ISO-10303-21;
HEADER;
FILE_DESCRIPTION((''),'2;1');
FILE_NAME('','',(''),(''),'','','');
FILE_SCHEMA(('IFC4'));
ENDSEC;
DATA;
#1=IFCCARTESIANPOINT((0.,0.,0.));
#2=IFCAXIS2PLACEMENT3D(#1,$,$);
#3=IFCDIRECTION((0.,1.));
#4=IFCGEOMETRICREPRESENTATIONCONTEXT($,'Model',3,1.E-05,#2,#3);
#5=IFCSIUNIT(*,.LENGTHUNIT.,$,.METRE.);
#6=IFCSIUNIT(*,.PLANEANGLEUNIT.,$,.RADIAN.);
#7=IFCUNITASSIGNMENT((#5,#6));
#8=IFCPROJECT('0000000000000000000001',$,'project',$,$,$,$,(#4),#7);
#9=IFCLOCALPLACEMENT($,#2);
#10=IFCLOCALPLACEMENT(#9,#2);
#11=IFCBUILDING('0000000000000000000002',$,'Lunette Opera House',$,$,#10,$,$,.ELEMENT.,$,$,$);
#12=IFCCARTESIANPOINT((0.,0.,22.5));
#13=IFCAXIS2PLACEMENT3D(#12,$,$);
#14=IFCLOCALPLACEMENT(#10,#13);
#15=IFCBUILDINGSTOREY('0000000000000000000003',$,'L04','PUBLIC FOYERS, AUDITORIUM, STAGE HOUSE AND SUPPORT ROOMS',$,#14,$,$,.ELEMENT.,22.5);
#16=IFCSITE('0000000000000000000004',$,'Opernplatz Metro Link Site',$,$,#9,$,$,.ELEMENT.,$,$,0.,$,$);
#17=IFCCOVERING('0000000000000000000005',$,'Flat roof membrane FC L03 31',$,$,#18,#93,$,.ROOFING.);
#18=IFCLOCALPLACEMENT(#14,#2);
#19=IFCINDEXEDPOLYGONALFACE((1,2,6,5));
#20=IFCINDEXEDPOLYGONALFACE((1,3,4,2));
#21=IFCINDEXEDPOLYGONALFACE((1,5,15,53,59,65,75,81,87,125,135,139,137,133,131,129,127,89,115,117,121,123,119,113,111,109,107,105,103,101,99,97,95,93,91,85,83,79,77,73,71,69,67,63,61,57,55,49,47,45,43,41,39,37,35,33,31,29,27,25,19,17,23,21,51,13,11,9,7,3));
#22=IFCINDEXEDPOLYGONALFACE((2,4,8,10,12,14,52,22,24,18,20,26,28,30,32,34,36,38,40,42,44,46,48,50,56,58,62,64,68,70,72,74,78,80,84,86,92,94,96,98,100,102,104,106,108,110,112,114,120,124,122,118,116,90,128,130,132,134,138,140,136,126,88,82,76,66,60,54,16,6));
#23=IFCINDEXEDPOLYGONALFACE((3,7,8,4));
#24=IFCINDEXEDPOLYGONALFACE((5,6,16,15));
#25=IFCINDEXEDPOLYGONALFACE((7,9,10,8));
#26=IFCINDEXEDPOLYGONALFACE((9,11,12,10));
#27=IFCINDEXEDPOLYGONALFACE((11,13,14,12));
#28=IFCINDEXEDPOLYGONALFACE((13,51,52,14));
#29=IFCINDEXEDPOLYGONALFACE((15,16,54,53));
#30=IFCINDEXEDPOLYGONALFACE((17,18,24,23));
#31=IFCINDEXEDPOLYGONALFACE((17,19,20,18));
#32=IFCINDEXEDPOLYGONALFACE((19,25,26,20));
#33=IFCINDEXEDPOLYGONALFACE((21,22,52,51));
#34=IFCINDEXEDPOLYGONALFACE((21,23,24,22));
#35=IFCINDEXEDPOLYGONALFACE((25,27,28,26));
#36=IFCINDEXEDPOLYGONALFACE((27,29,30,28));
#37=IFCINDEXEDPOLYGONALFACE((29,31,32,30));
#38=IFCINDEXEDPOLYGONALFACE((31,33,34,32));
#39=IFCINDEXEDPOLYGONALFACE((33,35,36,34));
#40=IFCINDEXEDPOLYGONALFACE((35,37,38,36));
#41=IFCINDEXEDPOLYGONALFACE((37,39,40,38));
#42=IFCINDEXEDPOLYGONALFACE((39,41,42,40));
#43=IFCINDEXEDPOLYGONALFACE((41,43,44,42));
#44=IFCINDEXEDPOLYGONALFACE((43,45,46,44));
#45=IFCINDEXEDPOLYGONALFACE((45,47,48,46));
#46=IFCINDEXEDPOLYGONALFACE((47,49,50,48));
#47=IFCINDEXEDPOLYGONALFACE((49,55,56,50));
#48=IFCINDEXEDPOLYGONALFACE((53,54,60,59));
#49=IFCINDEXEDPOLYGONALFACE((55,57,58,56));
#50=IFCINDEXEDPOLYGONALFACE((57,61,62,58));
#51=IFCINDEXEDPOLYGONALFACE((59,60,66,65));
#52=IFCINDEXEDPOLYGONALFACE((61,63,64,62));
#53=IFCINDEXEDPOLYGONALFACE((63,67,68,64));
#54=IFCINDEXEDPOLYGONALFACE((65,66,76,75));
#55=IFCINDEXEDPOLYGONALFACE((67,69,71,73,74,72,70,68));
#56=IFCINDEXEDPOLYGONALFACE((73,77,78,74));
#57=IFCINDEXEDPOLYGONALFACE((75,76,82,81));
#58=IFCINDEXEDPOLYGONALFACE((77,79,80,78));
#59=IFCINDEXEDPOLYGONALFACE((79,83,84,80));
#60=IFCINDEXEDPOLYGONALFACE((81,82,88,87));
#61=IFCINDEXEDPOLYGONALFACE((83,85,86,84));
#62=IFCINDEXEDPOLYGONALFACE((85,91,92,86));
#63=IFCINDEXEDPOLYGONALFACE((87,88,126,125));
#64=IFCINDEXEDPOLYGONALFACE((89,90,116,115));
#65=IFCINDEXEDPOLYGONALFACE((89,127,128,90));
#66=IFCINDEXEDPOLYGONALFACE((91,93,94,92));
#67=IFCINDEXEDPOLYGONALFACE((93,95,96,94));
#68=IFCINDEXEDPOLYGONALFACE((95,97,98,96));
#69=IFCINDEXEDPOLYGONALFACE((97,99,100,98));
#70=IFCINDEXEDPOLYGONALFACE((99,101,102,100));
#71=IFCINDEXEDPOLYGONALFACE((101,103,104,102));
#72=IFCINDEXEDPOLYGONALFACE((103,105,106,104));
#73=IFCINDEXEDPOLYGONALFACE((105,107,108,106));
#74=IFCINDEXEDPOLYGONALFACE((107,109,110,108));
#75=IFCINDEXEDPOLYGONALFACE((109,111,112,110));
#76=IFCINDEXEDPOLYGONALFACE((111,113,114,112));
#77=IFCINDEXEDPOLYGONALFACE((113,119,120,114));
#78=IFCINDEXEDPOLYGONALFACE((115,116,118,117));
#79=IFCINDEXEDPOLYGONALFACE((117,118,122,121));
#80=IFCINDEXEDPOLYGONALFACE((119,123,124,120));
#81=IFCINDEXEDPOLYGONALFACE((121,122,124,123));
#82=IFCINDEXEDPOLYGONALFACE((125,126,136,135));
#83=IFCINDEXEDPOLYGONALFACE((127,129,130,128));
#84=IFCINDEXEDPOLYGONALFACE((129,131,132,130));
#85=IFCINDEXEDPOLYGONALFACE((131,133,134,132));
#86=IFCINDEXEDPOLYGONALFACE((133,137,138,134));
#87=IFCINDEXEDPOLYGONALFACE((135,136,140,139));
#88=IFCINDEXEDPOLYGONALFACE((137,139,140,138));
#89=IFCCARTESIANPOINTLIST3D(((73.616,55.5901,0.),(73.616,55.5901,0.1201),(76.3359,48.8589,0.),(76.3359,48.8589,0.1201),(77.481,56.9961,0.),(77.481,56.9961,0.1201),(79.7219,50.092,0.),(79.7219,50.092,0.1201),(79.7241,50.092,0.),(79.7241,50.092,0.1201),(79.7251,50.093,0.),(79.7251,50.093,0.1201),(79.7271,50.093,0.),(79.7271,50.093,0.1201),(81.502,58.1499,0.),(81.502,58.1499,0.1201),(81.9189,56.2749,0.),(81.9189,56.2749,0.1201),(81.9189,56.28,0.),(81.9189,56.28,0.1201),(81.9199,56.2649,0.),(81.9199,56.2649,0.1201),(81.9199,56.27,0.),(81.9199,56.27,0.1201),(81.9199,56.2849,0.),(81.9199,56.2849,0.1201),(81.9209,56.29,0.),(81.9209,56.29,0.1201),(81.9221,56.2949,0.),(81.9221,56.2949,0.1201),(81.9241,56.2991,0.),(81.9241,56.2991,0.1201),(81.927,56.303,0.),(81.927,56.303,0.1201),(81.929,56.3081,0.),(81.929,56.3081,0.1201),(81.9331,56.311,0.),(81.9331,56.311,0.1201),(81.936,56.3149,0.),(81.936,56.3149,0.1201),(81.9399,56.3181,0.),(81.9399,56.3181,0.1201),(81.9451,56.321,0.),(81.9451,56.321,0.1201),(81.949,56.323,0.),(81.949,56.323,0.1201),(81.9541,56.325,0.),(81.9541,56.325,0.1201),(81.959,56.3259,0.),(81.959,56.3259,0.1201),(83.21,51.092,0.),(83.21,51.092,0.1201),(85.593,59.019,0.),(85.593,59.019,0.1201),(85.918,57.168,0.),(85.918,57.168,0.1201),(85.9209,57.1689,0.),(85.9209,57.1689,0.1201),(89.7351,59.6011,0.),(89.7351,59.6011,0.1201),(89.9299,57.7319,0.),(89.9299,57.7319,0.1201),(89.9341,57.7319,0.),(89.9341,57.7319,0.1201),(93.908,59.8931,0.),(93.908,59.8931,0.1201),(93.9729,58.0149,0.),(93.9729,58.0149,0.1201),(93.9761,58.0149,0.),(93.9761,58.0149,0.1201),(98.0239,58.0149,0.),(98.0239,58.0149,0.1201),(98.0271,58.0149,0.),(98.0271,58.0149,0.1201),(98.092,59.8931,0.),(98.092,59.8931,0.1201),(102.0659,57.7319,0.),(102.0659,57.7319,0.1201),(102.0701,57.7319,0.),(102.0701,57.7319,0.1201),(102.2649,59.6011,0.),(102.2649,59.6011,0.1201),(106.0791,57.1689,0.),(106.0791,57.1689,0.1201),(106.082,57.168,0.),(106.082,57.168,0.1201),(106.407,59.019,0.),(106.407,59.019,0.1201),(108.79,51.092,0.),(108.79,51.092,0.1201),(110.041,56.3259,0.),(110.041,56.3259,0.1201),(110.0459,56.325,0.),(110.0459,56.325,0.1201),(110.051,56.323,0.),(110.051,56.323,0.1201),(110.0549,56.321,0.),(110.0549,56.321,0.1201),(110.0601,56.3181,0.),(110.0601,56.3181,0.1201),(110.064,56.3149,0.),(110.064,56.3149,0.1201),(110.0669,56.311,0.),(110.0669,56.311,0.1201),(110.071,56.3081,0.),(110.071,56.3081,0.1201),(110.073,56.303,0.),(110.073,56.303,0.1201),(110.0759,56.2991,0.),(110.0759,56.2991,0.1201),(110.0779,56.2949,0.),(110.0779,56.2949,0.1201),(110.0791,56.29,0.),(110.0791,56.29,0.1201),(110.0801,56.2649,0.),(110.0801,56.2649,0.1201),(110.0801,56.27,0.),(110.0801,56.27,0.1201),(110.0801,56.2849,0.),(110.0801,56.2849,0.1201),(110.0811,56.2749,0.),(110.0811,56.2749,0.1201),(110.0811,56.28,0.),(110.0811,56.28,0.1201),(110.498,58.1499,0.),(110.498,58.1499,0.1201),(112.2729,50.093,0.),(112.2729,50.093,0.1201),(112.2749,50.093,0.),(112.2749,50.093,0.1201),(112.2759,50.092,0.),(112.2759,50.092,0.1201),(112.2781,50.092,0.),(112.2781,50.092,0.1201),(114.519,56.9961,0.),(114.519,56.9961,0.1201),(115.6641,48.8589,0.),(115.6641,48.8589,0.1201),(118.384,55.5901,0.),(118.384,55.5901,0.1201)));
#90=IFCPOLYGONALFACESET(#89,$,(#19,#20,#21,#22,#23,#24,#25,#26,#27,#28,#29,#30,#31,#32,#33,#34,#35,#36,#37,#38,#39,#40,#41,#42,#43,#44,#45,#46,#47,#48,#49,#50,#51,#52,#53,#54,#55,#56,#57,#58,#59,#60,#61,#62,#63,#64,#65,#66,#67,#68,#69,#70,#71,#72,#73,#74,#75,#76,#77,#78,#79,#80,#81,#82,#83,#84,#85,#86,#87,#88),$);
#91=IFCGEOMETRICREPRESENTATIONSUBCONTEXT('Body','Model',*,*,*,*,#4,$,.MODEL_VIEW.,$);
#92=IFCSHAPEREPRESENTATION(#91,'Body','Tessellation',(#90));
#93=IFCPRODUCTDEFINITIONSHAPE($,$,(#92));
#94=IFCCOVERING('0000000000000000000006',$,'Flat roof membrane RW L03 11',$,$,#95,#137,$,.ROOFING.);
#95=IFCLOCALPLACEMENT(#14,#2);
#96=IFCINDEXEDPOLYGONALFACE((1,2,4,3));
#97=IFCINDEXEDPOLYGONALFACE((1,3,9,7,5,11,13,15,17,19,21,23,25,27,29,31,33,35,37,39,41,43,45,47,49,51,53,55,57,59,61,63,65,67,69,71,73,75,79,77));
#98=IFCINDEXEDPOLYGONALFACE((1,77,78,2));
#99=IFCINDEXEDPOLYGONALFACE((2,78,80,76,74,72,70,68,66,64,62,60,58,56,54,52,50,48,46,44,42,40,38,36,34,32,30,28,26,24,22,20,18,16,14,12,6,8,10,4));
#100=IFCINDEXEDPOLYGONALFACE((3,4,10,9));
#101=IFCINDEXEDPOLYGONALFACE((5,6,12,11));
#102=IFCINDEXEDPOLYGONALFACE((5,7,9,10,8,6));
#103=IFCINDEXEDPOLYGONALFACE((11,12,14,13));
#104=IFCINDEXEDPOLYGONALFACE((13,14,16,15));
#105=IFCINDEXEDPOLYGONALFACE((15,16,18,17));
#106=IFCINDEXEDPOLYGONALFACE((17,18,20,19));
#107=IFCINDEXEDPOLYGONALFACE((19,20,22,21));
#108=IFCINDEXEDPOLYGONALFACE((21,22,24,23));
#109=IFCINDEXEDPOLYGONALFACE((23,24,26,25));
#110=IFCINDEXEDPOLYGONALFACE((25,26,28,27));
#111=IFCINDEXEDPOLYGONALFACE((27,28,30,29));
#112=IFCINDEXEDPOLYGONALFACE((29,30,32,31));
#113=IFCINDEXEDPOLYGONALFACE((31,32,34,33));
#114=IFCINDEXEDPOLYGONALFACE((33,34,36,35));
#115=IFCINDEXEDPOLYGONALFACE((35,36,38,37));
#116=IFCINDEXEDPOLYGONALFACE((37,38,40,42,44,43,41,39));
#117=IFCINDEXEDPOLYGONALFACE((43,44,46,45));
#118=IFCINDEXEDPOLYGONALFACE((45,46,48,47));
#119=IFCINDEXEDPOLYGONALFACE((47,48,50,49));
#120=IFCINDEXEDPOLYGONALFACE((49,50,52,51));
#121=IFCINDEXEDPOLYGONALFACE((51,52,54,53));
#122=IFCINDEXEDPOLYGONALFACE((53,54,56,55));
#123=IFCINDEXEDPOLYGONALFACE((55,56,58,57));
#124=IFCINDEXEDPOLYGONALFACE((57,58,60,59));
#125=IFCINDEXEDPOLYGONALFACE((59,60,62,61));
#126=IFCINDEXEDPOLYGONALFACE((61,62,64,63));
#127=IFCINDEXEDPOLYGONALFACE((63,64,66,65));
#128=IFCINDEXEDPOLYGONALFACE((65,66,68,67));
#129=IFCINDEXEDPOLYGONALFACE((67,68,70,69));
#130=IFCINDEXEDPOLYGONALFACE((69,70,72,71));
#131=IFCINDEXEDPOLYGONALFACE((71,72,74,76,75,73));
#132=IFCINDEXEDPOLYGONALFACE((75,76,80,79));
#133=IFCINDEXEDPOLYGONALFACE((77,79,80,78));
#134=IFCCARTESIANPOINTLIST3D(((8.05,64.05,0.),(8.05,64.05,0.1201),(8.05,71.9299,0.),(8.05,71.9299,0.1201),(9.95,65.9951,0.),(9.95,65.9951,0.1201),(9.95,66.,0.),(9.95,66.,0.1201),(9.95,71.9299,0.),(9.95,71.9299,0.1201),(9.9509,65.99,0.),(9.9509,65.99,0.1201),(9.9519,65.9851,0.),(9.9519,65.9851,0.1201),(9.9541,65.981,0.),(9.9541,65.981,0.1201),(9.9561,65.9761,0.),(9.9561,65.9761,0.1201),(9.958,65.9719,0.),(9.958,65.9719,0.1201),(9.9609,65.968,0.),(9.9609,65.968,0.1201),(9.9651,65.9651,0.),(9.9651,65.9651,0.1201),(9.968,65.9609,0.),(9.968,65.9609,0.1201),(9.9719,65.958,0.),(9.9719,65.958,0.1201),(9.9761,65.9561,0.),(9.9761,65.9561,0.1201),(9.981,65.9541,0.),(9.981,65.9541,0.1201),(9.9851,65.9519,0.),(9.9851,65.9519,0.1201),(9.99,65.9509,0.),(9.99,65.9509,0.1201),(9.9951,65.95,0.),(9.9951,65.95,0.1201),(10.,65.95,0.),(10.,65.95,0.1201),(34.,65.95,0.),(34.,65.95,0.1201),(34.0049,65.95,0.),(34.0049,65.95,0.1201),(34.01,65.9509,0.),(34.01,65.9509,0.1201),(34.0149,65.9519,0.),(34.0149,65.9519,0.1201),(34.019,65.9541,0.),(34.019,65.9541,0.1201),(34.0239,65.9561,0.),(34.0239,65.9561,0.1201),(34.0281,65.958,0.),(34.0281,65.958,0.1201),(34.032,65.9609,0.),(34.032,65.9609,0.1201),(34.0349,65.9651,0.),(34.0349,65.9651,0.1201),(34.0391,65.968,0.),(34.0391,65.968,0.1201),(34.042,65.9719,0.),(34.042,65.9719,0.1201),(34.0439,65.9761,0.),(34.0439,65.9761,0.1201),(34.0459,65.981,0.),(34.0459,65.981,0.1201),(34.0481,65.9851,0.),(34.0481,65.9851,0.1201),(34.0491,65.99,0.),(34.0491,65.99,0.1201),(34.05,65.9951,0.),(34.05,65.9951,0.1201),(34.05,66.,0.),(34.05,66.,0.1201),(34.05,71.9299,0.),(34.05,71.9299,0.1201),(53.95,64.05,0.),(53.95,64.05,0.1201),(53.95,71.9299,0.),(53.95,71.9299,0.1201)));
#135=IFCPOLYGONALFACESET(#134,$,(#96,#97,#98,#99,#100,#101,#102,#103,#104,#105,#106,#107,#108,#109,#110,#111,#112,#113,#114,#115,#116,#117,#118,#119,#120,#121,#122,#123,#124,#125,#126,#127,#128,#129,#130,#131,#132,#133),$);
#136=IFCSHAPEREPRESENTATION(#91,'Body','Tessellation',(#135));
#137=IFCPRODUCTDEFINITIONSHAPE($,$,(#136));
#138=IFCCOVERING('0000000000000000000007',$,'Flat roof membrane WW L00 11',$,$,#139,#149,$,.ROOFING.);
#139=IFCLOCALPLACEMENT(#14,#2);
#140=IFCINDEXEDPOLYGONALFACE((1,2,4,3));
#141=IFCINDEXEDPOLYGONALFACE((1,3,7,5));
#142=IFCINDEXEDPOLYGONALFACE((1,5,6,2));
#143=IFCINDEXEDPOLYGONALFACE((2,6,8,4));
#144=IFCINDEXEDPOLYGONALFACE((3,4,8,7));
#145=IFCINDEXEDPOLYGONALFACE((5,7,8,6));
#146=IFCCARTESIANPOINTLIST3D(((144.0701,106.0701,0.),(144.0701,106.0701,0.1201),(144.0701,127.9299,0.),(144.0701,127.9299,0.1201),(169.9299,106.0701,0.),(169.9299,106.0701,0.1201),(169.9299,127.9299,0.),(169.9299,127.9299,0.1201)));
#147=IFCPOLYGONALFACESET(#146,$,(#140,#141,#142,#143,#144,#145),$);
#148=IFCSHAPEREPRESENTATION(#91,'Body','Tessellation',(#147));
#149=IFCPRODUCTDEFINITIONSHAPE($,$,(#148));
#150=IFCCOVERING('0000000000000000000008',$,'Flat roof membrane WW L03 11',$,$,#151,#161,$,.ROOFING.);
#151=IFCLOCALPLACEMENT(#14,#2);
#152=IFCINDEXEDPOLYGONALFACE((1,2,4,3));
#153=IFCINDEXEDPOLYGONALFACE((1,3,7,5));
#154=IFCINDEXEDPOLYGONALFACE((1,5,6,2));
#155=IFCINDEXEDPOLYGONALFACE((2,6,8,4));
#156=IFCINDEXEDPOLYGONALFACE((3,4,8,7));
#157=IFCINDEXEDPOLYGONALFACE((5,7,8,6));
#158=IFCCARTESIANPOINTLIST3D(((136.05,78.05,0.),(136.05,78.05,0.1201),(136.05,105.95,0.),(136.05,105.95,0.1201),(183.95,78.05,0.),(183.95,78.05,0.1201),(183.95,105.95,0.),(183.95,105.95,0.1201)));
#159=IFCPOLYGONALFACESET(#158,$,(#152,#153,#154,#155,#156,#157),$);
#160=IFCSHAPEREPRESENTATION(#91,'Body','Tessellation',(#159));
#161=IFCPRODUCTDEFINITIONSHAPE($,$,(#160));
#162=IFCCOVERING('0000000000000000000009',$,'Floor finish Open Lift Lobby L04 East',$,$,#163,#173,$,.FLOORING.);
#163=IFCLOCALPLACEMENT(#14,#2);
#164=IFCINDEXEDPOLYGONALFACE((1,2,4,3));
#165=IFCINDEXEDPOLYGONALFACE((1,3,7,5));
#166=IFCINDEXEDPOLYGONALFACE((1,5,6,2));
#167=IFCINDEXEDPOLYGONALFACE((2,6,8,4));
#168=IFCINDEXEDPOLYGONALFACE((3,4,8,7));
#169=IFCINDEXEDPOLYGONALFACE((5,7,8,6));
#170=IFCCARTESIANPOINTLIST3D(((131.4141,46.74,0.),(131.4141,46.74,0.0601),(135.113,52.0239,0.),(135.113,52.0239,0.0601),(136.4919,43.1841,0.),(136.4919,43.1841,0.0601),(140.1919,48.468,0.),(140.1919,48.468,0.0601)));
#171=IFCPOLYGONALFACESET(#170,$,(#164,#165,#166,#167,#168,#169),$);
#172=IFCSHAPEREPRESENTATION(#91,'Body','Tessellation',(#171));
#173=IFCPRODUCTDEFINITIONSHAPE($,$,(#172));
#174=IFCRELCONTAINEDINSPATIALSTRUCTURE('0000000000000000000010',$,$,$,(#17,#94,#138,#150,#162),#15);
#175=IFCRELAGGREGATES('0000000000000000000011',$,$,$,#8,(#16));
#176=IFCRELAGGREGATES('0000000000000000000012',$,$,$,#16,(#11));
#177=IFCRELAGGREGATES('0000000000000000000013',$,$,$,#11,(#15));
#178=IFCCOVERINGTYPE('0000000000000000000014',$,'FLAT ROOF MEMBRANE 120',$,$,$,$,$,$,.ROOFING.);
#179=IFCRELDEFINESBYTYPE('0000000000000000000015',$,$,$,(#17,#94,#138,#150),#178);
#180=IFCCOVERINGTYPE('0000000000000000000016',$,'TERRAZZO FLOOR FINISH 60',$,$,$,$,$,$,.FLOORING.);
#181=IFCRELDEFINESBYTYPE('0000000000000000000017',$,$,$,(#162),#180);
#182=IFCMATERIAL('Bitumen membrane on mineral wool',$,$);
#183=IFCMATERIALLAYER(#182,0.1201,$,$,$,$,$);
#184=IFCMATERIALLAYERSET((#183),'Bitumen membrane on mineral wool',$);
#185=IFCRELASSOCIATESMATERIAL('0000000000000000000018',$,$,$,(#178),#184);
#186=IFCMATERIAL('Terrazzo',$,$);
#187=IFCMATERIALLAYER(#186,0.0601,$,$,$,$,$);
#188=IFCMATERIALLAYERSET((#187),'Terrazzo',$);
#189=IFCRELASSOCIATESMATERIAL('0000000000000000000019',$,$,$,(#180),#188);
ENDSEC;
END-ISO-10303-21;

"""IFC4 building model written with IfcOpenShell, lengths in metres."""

from ifc_helpers import new_model, si_unit, direction, frame, origin, place, context, subcontext, project, spatial, polyline, outline, extrude, material, layer, layer_set, type_object, element, save


model = new_model("IFC4")

# Units and contexts
model_context = context("Model", 3, precision=1e-05, world=origin(), true_north=direction((0.0, 1.0)))
body_context = subcontext(model_context, "Body", "Model", "MODEL_VIEW")
ifc_project = project(units=[si_unit("LENGTHUNIT", "METRE"), si_unit("PLANEANGLEUNIT", "RADIAN")], contexts=[model_context])

# Site, building, storey
site_placement = place(None, origin())
site = spatial("IfcSite", under=ifc_project, at=site_placement, Name="Opernplatz Metro Link Site", CompositionType="ELEMENT", RefElevation=0.0)
building_placement = place(site_placement, origin())
building = spatial("IfcBuilding", under=site, at=building_placement, Name="Lunette Opera House", CompositionType="ELEMENT")
storey_placement = place(building_placement, frame((0.0, 0.0, 22.5)))
storey = spatial("IfcBuildingStorey", under=building, at=storey_placement, Name="L04", Description="PUBLIC FOYERS, AUDITORIUM, STAGE HOUSE AND SUPPORT ROOMS", CompositionType="ELEMENT", Elevation=22.5)

# Coverings
ifc_material_1 = material(Name="Bitumen membrane on mineral wool")
ifc_layer_1 = layer(ifc_material_1, 0.1201)
ifc_layer_set_1 = layer_set([ifc_layer_1], Name="Bitumen membrane on mineral wool")
covering_type_1 = type_object("IfcCoveringType", Name="FLAT ROOF MEMBRANE 120", PredefinedType="ROOFING", material=ifc_layer_set_1)
covering_1_placement = place(storey_placement, origin())
element("IfcCovering", 1, at=covering_1_placement, inside=storey, type_object=covering_type_1, Name="Flat roof membrane FC L03 31", PredefinedType="ROOFING", context=body_context, shape_type="SweptSolid", body=[
    extrude(outline(polyline([(83.21, 51.092), (79.7271, 50.093), (79.7251, 50.093), (79.7241, 50.092), (79.7219, 50.092), (76.3359, 48.8589), (73.616, 55.5901), (77.481, 56.9961), (81.502, 58.1499), (85.593, 59.019), (89.7351, 59.6011), (93.908, 59.8931), (98.092, 59.8931), (102.2649, 59.6011), (106.407, 59.019), (110.498, 58.1499), (114.519, 56.9961), (118.384, 55.5901), (115.6641, 48.8589), (112.2781, 50.092), (112.2759, 50.092), (112.2749, 50.093), (112.2729, 50.093), (108.79, 51.092), (110.0801, 56.2649), (110.0801, 56.27), (110.0811, 56.2749), (110.0811, 56.28), (110.0801, 56.2849), (110.0791, 56.29), (110.0779, 56.2949), (110.0759, 56.2991), (110.073, 56.303), (110.071, 56.3081), (110.0669, 56.311), (110.064, 56.3149), (110.0601, 56.3181), (110.0549, 56.321), (110.051, 56.323), (110.0459, 56.325), (110.041, 56.3259), (106.082, 57.168), (106.0791, 57.1689), (102.0701, 57.7319), (102.0659, 57.7319), (98.0271, 58.0149), (98.0239, 58.0149), (93.9761, 58.0149), (93.9729, 58.0149), (89.9341, 57.7319), (89.9299, 57.7319), (85.9209, 57.1689), (85.918, 57.168), (81.959, 56.3259), (81.9541, 56.325), (81.949, 56.323), (81.9451, 56.321), (81.9399, 56.3181), (81.936, 56.3149), (81.9331, 56.311), (81.929, 56.3081), (81.927, 56.303), (81.9241, 56.2991), (81.9221, 56.2949), (81.9209, 56.29), (81.9199, 56.2849), (81.9189, 56.28), (81.9189, 56.2749), (81.9199, 56.27), (81.9199, 56.2649), (83.21, 51.092)])), origin(), (0.0, 0.0, 1.0), 0.1201),
])
covering_2_placement = place(storey_placement, origin())
element("IfcCovering", 2, at=covering_2_placement, inside=storey, type_object=covering_type_1, Name="Flat roof membrane RW L03 11", PredefinedType="ROOFING", context=body_context, shape_type="SweptSolid", body=[
    extrude(outline(polyline([(53.95, 64.05), (8.05, 64.05), (8.05, 71.9299), (9.95, 71.9299), (9.95, 66.0), (9.95, 65.9951), (9.9509, 65.99), (9.9519, 65.9851), (9.9541, 65.981), (9.9561, 65.9761), (9.958, 65.9719), (9.9609, 65.968), (9.9651, 65.9651), (9.968, 65.9609), (9.9719, 65.958), (9.9761, 65.9561), (9.981, 65.9541), (9.9851, 65.9519), (9.99, 65.9509), (9.9951, 65.95), (10.0, 65.95), (34.0, 65.95), (34.0049, 65.95), (34.01, 65.9509), (34.0149, 65.9519), (34.019, 65.9541), (34.0239, 65.9561), (34.0281, 65.958), (34.032, 65.9609), (34.0349, 65.9651), (34.0391, 65.968), (34.042, 65.9719), (34.0439, 65.9761), (34.0459, 65.981), (34.0481, 65.9851), (34.0491, 65.99), (34.05, 65.9951), (34.05, 66.0), (34.05, 71.9299), (53.95, 71.9299), (53.95, 64.05)])), origin(), (0.0, 0.0, 1.0), 0.1201),
])
covering_3_placement = place(storey_placement, origin())
element("IfcCovering", 3, at=covering_3_placement, inside=storey, type_object=covering_type_1, Name="Flat roof membrane WW L00 11", PredefinedType="ROOFING", context=body_context, shape_type="SweptSolid", body=[
    extrude(outline(polyline([(169.9299, 106.0701), (144.0701, 106.0701), (144.0701, 127.9299), (169.9299, 127.9299), (169.9299, 106.0701)])), origin(), (0.0, 0.0, 1.0), 0.1201),
])
covering_4_placement = place(storey_placement, origin())
element("IfcCovering", 4, at=covering_4_placement, inside=storey, type_object=covering_type_1, Name="Flat roof membrane WW L03 11", PredefinedType="ROOFING", context=body_context, shape_type="SweptSolid", body=[
    extrude(outline(polyline([(183.95, 78.05), (136.05, 78.05), (136.05, 105.95), (183.95, 105.95), (183.95, 78.05)])), origin(), (0.0, 0.0, 1.0), 0.1201),
])
ifc_material_2 = material(Name="Terrazzo")
ifc_layer_2 = layer(ifc_material_2, 0.0601)
ifc_layer_set_2 = layer_set([ifc_layer_2], Name="Terrazzo")
covering_type_2 = type_object("IfcCoveringType", Name="TERRAZZO FLOOR FINISH 60", PredefinedType="FLOORING", material=ifc_layer_set_2)
covering_5_placement = place(storey_placement, origin())
element("IfcCovering", 5, at=covering_5_placement, inside=storey, type_object=covering_type_2, Name="Floor finish Open Lift Lobby L04 East", PredefinedType="FLOORING", context=body_context, shape_type="SweptSolid", body=[
    extrude(outline(polyline([(131.4141, 46.74), (136.4919, 43.1841), (140.1919, 48.468), (135.113, 52.0239), (131.4141, 46.74)])), origin(), (0.0, 0.0, 1.0), 0.0601),
])

save(model, "model.ifc")
